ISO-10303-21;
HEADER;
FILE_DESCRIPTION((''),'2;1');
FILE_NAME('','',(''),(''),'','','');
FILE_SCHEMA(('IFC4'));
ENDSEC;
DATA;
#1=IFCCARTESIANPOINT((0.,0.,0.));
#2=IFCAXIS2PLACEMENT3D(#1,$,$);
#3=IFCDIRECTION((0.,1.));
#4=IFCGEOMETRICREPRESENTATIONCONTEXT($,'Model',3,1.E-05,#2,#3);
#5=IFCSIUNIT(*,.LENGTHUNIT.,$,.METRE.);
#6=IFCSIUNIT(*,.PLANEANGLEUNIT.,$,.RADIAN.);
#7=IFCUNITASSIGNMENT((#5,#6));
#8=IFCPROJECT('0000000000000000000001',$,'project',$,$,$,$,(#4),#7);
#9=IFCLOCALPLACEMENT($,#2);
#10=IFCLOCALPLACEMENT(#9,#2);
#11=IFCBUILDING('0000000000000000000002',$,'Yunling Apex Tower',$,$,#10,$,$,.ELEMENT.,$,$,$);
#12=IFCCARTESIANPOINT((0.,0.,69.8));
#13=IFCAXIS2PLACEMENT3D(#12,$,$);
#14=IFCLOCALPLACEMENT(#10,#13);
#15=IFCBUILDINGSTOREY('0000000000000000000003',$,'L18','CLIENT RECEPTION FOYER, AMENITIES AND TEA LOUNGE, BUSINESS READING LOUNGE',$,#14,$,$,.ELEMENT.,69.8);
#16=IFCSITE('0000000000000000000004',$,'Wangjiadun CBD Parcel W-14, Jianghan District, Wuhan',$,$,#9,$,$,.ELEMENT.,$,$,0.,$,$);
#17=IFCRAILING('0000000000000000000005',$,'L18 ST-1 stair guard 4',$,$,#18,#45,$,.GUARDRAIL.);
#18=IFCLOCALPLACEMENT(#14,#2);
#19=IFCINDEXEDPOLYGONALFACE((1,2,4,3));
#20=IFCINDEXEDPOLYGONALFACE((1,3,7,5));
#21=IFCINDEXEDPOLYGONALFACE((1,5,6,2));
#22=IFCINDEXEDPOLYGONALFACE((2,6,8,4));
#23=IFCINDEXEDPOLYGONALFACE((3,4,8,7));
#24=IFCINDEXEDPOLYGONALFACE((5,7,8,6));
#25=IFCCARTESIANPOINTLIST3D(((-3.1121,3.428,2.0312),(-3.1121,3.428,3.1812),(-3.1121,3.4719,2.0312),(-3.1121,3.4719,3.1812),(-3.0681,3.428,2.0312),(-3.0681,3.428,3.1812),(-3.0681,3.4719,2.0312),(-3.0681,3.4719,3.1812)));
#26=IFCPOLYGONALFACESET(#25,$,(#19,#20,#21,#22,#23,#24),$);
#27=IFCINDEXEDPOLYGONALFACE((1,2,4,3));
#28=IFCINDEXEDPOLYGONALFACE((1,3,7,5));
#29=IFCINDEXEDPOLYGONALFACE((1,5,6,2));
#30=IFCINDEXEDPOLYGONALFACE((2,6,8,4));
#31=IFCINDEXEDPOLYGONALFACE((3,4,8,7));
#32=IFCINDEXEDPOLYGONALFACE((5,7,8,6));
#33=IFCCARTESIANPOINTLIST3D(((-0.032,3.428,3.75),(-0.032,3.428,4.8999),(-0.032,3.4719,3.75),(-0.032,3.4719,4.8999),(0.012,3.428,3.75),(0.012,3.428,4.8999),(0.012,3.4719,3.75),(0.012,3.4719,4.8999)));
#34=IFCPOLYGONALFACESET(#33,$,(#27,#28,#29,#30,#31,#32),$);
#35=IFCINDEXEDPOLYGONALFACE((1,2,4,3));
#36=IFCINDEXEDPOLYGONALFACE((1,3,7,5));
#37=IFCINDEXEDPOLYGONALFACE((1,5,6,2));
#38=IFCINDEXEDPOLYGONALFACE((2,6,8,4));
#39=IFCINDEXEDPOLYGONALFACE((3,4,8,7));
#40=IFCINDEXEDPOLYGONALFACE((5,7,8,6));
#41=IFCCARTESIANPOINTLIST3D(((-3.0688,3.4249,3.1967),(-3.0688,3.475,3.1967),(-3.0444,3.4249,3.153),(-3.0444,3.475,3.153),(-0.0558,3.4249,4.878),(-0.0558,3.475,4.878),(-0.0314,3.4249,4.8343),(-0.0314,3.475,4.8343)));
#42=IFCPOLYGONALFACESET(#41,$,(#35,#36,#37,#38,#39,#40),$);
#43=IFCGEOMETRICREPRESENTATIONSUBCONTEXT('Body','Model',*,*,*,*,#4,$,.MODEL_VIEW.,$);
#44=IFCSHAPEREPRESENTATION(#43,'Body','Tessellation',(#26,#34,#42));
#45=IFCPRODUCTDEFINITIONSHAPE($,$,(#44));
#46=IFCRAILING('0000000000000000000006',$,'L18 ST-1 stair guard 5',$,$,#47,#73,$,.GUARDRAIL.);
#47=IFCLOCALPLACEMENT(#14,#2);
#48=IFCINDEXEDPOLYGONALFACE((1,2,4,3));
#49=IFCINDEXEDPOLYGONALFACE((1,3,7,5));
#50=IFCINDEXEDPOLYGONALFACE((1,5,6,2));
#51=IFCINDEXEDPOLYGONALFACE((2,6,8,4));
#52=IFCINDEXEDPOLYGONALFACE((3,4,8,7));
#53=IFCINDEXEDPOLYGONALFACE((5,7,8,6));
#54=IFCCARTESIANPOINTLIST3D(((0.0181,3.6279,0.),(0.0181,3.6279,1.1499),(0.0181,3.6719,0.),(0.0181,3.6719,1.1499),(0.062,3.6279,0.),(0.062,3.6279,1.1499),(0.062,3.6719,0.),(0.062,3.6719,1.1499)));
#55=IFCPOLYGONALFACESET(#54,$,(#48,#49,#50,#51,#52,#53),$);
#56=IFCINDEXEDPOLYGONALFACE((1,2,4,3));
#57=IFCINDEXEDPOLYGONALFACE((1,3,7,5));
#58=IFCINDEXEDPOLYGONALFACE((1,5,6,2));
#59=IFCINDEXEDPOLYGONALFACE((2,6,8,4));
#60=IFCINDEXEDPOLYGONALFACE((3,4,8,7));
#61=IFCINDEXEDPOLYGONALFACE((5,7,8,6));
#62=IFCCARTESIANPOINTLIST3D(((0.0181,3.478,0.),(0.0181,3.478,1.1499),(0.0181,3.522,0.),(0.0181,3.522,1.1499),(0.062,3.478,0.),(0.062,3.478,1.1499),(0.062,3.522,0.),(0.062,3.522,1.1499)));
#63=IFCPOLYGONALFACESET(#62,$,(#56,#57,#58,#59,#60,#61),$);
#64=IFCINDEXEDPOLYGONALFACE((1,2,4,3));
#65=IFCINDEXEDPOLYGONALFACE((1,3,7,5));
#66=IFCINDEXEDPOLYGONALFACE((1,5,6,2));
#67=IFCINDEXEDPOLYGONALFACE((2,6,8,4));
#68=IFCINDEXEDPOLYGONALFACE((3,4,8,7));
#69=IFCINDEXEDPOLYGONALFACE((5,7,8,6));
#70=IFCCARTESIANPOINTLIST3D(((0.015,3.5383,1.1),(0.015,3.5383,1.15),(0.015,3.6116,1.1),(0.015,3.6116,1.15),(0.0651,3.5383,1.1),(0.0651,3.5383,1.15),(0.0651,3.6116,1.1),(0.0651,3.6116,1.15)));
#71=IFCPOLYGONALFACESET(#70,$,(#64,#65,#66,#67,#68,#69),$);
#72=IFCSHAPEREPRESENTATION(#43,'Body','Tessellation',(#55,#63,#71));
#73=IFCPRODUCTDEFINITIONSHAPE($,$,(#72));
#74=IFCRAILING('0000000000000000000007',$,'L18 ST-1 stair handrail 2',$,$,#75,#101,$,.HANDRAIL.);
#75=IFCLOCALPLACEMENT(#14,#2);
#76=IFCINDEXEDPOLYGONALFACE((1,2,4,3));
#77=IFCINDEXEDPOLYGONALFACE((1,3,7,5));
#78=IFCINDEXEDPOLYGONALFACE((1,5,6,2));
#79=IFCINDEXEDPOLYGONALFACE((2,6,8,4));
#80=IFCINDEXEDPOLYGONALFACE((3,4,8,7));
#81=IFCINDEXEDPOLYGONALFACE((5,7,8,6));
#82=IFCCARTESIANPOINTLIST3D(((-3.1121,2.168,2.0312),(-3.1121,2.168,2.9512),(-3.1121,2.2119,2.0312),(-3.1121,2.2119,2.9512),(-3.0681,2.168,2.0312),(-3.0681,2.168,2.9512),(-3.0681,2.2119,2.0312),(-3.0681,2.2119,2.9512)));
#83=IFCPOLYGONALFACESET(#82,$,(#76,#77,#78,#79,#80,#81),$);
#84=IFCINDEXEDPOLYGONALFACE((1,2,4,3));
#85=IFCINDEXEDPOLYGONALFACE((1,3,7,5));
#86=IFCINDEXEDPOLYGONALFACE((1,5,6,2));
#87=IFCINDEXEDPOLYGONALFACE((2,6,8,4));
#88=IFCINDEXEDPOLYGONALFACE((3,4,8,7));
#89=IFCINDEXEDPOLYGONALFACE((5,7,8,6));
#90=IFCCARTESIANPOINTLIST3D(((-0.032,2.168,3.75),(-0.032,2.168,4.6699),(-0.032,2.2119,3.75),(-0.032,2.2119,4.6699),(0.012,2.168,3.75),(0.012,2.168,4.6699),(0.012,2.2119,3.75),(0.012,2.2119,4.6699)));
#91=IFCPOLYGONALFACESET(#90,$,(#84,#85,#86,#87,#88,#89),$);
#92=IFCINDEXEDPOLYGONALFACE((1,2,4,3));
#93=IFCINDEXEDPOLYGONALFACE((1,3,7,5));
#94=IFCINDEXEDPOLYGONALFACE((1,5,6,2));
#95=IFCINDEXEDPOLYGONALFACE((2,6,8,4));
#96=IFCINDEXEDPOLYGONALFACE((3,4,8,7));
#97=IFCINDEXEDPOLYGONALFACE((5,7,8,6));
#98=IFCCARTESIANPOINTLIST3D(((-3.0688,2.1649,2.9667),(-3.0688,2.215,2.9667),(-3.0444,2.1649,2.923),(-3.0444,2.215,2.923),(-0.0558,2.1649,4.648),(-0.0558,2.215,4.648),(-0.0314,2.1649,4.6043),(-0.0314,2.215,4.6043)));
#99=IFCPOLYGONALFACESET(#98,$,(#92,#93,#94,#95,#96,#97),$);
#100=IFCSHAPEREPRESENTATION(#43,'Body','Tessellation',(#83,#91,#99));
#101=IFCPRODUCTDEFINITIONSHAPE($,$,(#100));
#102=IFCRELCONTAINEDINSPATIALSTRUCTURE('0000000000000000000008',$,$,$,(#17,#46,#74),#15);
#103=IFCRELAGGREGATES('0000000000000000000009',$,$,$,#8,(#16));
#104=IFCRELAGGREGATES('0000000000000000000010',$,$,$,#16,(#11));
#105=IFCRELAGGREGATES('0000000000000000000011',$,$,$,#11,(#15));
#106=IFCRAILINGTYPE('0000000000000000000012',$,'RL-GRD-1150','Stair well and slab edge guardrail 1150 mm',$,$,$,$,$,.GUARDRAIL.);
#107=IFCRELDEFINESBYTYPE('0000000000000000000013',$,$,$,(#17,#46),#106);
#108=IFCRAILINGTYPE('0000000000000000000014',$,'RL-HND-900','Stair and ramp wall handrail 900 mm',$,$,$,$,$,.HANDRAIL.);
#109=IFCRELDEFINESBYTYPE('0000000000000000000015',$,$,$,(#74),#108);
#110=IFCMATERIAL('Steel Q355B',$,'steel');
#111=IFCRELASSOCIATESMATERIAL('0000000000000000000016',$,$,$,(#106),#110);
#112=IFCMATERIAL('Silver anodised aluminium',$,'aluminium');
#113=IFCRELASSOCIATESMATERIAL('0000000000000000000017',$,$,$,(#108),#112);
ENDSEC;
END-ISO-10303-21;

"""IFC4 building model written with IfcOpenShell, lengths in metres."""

from ifc_helpers import new_model, si_unit, direction, frame, origin, origin_2d, place, context, subcontext, project, spatial, rectangle, extrude, material, type_object, element, save


model = new_model("IFC4")

# Units and contexts
model_context = context("Model", 3, precision=1e-05, world=origin(), true_north=direction((0.0, 1.0)))
body_context = subcontext(model_context, "Body", "Model", "MODEL_VIEW")
ifc_project = project(units=[si_unit("LENGTHUNIT", "METRE"), si_unit("PLANEANGLEUNIT", "RADIAN")], contexts=[model_context])

# Site, building, storey
site_placement = place(None, origin())
site = spatial("IfcSite", under=ifc_project, at=site_placement, Name="Wangjiadun CBD Parcel W-14, Jianghan District, Wuhan", CompositionType="ELEMENT", RefElevation=0.0)
building_placement = place(site_placement, origin())
building = spatial("IfcBuilding", under=site, at=building_placement, Name="Yunling Apex Tower", CompositionType="ELEMENT")
storey_placement = place(building_placement, frame((0.0, 0.0, 69.8)))
storey = spatial("IfcBuildingStorey", under=building, at=storey_placement, Name="L18", Description="CLIENT RECEPTION FOYER, AMENITIES AND TEA LOUNGE, BUSINESS READING LOUNGE", CompositionType="ELEMENT", Elevation=69.8)

# Shared definitions
ifc_material_1 = material(Name="Steel Q355B", Category="steel")

# Railings
railing_type_1 = type_object("IfcRailingType", Name="RL-GRD-1150", Description="Stair well and slab edge guardrail 1150 mm", PredefinedType="GUARDRAIL", material=ifc_material_1)
railing_1_placement = place(storey_placement, frame((-3.0901, 3.45, 2.0312)))
element("IfcRailing", 1, at=railing_1_placement, inside=storey, type_object=railing_type_1, Name="L18 ST-1 stair guard 4", PredefinedType="GUARDRAIL", context=body_context, shape_type="SweptSolid", body=[
    extrude(rectangle(XDim=0.0439, YDim=0.0439, at=origin_2d()), origin(), (0.0, 0.0, 1.0), 1.1499),
    extrude(rectangle(XDim=0.0439, YDim=0.0439, at=origin_2d()), frame((3.0801, 0.0, 1.7188)), (0.0, 0.0, 1.0), 1.1499),
    extrude(rectangle(XDim=0.05, YDim=0.05, at=origin_2d()), frame((0.0334, 0.0, 1.1436), z_axis=(0.873242, 0.0, 0.487288), x_axis=(0.0, 1.0, 0.0)), (0.0, 0.0, 1.0), 3.4504),
])
railing_2_placement = place(storey_placement, frame((0.04, 3.6499, 0.0)))
element("IfcRailing", 2, at=railing_2_placement, inside=storey, type_object=railing_type_1, Name="L18 ST-1 stair guard 5", PredefinedType="GUARDRAIL", context=body_context, shape_type="SweptSolid", body=[
    extrude(rectangle(XDim=0.0439, YDim=0.0439, at=origin_2d()), origin(), (0.0, 0.0, 1.0), 1.1499),
    extrude(rectangle(XDim=0.0439, YDim=0.0439, at=origin_2d()), frame((0.0, -0.1499, 0.0)), (0.0, 0.0, 1.0), 1.1499),
    extrude(rectangle(XDim=0.05, YDim=0.05, at=origin_2d()), frame((0.0, -0.0383, 1.125), z_axis=(0.0, -1.0, 0.0), x_axis=(1.0, 0.0, 0.0)), (0.0, 0.0, 1.0), 0.0732),
])
ifc_material_2 = material(Name="Silver anodised aluminium", Category="aluminium")
railing_type_2 = type_object("IfcRailingType", Name="RL-HND-900", Description="Stair and ramp wall handrail 900 mm", PredefinedType="HANDRAIL", material=ifc_material_2)
railing_3_placement = place(storey_placement, frame((-3.0901, 2.1899, 2.0312)))
element("IfcRailing", 3, at=railing_3_placement, inside=storey, type_object=railing_type_2, Name="L18 ST-1 stair handrail 2", PredefinedType="HANDRAIL", context=body_context, shape_type="SweptSolid", body=[
    extrude(rectangle(XDim=0.0439, YDim=0.0439, at=origin_2d()), origin(), (0.0, 0.0, 1.0), 0.9199),
    extrude(rectangle(XDim=0.0439, YDim=0.0439, at=origin_2d()), frame((3.0801, 0.0, 1.7188)), (0.0, 0.0, 1.0), 0.9199),
    extrude(rectangle(XDim=0.05, YDim=0.05, at=origin_2d()), frame((0.0334, 0.0, 0.9136), z_axis=(0.873242, 0.0, 0.487288), x_axis=(0.0, 1.0, 0.0)), (0.0, 0.0, 1.0), 3.4504),
])

save(model, "model.ifc")
